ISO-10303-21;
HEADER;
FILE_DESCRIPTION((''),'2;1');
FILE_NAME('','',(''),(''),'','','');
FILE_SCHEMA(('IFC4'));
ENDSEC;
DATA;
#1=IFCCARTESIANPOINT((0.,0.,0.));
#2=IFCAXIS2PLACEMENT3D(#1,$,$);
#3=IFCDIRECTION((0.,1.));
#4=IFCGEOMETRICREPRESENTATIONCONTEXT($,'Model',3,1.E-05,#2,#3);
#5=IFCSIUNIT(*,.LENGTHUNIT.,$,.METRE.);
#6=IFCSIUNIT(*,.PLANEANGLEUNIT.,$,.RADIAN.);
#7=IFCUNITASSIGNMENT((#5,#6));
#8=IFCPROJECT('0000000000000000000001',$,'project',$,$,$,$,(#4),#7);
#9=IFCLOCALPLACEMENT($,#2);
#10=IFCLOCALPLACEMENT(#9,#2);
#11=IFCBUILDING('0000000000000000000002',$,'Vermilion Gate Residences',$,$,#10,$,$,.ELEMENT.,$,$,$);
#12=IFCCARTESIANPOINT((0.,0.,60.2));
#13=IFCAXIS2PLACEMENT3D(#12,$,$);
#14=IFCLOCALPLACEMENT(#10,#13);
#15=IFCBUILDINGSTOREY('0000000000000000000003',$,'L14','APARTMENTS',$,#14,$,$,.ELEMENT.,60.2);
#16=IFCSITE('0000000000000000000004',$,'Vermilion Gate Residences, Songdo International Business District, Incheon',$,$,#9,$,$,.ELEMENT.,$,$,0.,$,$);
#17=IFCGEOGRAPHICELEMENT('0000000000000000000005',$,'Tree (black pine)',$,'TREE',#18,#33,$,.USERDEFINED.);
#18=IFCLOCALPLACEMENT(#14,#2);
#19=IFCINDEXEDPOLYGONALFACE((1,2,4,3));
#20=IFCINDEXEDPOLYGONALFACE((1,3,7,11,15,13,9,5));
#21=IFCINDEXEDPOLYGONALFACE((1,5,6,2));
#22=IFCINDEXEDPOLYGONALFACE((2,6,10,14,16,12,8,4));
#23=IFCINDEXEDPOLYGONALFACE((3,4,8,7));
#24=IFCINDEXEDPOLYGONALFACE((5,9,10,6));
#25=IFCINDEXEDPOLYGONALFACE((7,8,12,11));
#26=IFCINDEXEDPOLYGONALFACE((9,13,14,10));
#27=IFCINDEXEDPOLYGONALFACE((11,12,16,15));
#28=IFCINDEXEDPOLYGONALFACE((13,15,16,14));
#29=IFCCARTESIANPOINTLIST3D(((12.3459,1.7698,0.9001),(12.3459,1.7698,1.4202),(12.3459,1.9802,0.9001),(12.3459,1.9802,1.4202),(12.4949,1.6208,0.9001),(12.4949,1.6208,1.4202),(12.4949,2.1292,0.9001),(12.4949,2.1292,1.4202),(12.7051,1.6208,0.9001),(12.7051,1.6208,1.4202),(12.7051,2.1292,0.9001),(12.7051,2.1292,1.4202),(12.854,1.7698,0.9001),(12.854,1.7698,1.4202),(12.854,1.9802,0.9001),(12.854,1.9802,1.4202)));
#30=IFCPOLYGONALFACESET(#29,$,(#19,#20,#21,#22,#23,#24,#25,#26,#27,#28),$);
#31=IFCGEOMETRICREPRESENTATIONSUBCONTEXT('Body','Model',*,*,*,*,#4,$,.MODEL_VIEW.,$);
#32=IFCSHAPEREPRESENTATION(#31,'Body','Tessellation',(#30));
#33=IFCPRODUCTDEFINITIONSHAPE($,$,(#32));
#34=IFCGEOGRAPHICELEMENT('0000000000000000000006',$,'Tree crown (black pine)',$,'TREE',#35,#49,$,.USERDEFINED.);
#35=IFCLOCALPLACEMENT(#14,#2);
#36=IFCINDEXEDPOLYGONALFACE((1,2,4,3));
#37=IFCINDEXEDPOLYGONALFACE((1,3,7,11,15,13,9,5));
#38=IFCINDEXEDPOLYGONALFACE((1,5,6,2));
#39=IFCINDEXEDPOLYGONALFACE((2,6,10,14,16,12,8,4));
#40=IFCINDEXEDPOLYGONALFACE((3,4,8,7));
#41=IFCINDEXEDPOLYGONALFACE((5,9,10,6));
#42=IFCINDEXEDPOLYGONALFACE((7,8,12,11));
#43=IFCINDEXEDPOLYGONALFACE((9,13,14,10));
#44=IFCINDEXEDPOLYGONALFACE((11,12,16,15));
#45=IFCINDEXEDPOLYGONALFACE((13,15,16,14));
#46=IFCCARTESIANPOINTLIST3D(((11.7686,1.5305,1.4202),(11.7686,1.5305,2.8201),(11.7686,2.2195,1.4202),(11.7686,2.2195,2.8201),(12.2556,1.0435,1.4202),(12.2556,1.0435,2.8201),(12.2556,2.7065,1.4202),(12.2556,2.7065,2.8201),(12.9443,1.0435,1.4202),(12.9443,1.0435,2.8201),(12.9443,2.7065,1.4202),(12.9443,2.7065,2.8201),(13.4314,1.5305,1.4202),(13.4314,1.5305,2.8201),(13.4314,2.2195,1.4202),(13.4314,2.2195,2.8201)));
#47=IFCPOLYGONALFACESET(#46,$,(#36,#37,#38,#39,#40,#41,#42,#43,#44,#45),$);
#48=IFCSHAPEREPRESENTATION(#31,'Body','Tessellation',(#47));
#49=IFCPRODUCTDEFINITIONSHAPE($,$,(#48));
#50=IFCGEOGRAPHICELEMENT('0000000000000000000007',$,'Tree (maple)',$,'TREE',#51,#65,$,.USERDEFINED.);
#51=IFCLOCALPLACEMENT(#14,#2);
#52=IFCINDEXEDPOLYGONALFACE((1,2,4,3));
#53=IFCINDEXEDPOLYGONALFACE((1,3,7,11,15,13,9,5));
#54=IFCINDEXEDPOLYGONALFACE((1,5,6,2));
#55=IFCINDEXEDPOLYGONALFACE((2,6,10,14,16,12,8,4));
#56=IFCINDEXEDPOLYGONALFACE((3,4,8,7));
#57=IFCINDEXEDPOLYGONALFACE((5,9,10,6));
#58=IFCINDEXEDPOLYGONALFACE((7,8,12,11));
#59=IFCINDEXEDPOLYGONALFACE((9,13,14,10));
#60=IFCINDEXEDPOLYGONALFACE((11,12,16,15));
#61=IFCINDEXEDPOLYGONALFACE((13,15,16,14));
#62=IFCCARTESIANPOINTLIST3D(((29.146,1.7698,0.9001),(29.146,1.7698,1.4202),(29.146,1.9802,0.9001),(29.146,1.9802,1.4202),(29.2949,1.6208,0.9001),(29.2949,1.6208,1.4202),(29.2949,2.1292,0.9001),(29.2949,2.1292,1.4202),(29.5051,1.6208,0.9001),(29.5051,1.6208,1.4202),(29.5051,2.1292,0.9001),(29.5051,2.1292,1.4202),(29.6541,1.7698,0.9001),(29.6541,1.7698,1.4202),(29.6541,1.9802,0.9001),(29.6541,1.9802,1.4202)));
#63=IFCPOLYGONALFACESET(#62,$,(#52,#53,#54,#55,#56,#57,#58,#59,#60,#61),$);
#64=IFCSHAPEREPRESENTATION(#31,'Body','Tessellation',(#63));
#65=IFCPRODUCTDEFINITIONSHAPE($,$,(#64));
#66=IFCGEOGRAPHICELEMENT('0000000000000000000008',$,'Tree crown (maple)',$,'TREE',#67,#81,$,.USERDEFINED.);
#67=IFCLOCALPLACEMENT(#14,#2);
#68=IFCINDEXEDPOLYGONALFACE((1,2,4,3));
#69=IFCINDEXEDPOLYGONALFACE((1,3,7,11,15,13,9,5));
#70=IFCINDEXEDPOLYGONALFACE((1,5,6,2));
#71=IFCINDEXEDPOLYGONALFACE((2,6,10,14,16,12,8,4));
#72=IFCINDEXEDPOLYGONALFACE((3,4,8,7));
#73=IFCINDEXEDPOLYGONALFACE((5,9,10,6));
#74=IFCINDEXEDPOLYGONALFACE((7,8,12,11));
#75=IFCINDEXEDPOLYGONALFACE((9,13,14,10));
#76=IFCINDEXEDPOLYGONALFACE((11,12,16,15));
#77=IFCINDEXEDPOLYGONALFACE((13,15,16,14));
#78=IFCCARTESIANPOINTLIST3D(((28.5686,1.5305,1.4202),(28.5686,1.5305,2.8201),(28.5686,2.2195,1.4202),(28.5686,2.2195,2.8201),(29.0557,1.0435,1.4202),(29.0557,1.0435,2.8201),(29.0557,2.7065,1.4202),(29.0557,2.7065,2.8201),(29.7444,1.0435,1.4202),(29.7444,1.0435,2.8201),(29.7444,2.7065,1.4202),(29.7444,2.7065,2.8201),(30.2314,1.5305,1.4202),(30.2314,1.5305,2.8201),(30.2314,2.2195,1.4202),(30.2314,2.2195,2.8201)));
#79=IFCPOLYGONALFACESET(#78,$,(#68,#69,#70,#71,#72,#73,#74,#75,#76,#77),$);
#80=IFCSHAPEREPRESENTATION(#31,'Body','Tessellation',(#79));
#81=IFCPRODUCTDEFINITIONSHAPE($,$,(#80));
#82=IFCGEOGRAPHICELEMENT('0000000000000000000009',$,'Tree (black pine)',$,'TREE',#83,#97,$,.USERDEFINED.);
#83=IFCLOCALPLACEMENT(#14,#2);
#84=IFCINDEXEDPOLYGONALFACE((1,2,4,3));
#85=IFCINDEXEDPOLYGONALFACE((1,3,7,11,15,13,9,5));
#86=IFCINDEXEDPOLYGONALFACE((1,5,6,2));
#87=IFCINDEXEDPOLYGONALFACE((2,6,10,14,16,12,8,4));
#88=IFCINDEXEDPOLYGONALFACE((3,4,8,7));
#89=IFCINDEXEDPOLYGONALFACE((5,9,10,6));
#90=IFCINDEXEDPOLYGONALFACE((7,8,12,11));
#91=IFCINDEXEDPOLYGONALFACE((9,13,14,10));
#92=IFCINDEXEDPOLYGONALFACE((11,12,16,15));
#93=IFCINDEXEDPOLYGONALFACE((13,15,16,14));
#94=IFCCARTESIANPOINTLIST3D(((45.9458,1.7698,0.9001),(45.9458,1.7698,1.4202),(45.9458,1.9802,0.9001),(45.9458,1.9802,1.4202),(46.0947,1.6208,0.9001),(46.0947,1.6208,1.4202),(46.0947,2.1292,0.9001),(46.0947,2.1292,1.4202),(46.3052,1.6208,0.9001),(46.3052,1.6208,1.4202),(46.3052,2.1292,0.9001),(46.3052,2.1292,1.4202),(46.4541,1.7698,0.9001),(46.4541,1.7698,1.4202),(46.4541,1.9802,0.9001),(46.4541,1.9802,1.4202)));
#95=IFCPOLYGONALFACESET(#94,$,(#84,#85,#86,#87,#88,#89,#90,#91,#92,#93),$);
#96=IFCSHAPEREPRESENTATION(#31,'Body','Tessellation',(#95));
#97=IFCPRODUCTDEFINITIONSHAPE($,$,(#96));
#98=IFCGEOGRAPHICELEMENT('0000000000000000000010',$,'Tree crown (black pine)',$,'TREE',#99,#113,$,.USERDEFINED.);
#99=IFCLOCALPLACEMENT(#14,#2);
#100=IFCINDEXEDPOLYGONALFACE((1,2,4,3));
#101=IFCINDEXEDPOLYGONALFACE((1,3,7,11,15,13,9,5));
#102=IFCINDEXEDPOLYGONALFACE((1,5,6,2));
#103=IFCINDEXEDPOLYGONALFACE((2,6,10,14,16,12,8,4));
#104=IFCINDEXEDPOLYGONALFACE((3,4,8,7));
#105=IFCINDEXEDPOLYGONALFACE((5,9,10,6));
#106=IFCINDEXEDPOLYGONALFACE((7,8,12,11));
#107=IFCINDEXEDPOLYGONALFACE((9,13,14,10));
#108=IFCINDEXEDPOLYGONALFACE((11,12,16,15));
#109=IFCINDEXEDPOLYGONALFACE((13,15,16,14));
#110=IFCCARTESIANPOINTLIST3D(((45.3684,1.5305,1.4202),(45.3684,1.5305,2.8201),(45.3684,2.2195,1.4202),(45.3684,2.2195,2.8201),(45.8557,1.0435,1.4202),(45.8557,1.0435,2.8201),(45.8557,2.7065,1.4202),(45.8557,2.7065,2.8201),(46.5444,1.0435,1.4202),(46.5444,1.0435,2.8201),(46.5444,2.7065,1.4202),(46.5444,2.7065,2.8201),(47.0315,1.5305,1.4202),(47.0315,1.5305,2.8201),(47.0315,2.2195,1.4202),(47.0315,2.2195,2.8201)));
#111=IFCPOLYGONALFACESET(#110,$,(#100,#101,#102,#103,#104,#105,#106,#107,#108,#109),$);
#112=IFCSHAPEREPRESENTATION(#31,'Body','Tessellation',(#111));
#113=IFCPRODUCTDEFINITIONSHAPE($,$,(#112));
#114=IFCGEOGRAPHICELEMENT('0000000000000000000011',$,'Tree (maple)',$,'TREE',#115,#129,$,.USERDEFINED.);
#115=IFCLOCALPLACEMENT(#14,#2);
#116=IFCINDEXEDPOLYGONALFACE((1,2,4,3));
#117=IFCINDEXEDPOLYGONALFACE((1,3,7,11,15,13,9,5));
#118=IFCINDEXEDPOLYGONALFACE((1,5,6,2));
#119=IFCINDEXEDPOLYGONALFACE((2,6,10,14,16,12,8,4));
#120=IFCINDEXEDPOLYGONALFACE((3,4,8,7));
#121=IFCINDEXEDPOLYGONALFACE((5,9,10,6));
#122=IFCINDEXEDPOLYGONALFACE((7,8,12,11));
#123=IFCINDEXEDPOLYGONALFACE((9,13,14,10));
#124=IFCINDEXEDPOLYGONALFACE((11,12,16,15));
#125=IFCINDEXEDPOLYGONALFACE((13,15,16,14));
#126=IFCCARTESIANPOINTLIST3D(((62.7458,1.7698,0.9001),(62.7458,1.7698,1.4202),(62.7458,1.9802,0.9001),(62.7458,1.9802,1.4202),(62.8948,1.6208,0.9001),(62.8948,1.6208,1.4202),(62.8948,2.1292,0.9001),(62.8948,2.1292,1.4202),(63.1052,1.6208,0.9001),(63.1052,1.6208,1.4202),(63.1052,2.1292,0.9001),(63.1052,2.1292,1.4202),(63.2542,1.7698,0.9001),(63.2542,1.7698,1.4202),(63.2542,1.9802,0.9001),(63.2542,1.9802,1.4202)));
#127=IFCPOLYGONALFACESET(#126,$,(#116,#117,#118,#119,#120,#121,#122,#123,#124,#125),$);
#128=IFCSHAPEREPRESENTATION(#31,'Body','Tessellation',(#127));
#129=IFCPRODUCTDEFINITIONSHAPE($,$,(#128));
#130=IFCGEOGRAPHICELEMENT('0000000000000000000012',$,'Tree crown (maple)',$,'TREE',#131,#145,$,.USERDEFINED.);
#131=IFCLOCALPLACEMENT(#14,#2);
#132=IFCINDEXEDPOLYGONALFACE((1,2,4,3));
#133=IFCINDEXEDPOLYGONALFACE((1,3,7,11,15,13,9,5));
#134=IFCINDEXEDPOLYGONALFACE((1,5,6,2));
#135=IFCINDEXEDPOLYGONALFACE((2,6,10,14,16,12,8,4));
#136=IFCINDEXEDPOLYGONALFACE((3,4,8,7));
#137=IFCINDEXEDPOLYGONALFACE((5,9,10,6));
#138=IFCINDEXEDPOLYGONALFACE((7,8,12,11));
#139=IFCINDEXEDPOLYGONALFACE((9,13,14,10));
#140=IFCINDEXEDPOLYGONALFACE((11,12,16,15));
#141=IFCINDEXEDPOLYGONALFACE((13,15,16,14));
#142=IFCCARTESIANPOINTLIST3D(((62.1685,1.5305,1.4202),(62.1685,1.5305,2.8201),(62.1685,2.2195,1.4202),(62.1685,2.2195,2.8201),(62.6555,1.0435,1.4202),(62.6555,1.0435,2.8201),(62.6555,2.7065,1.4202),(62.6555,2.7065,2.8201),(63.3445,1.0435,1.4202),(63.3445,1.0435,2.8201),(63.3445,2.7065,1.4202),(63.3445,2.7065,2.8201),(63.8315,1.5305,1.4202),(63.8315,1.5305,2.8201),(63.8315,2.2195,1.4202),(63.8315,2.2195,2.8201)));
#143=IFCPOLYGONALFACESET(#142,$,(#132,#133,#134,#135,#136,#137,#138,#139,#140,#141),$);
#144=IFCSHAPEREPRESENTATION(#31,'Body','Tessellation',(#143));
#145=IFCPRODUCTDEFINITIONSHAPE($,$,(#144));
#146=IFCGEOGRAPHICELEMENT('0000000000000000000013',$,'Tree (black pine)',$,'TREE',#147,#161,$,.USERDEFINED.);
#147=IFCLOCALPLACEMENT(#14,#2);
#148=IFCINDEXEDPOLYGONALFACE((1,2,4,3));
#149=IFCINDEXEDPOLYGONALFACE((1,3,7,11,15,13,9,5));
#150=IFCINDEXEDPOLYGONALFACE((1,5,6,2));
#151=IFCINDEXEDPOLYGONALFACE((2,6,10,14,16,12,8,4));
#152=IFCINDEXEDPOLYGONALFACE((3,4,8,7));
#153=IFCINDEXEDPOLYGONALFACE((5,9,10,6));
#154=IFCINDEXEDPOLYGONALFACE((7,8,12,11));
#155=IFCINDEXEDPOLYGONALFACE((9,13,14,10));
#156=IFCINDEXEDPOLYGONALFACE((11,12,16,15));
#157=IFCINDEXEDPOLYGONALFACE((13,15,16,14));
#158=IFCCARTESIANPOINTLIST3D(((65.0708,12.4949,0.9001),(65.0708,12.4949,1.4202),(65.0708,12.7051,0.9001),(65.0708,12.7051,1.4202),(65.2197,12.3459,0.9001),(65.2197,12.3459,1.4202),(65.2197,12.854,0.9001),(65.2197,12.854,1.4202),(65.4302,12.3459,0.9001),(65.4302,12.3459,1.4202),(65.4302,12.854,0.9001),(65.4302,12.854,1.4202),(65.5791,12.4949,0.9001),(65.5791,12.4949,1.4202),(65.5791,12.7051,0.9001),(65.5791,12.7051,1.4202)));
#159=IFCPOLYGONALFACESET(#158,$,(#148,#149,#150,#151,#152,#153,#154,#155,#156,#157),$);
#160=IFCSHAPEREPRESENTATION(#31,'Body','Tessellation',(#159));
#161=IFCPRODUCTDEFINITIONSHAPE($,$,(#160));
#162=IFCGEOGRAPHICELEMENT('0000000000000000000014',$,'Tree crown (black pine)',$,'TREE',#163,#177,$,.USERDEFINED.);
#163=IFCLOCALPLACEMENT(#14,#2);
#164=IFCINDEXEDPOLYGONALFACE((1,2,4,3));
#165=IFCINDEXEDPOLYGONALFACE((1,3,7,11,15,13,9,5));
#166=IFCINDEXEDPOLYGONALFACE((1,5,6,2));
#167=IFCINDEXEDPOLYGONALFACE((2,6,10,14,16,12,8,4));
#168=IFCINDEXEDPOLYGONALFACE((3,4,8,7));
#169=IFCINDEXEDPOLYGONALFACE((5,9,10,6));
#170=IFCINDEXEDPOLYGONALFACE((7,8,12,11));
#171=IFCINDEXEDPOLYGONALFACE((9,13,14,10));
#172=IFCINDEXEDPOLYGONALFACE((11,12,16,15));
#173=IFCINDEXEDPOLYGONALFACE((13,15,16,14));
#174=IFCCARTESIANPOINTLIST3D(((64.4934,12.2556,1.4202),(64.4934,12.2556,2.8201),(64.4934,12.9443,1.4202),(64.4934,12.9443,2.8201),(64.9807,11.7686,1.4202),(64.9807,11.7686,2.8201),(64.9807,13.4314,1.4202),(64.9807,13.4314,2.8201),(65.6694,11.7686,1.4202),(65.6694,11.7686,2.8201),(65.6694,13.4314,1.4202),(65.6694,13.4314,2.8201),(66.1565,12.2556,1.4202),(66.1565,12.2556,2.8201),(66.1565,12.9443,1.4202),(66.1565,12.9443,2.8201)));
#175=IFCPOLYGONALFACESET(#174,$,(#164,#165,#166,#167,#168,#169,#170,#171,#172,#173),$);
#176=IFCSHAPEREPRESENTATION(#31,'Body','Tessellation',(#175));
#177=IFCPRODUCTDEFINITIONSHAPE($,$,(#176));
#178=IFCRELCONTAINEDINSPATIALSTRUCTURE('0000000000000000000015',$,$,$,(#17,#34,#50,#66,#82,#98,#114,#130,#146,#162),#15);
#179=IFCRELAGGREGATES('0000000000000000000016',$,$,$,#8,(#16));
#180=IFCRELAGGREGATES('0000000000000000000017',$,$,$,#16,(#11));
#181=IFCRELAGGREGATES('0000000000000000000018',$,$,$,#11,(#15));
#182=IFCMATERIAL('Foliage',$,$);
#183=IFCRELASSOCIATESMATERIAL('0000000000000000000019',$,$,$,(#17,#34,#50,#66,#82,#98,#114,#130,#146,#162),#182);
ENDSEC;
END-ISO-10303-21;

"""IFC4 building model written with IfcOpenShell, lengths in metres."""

from ifc_helpers import new_model, si_unit, direction, frame, origin, place, context, subcontext, project, spatial, polyline, outline, extrude, material, element, save


model = new_model("IFC4")

# Units and contexts
model_context = context("Model", 3, precision=1e-05, world=origin(), true_north=direction((0.0, 1.0)))
body_context = subcontext(model_context, "Body", "Model", "MODEL_VIEW")
ifc_project = project(units=[si_unit("LENGTHUNIT", "METRE"), si_unit("PLANEANGLEUNIT", "RADIAN")], contexts=[model_context])

# Site, building, storey
site_placement = place(None, origin())
site = spatial("IfcSite", under=ifc_project, at=site_placement, Name="Vermilion Gate Residences, Songdo International Business District, Incheon", CompositionType="ELEMENT", RefElevation=0.0)
building_placement = place(site_placement, origin())
building = spatial("IfcBuilding", under=site, at=building_placement, Name="Vermilion Gate Residences", CompositionType="ELEMENT")
storey_placement = place(building_placement, frame((0.0, 0.0, 60.2)))
storey = spatial("IfcBuildingStorey", under=building, at=storey_placement, Name="L14", Description="APARTMENTS", CompositionType="ELEMENT", Elevation=60.2)

# Geographic elements
ifc_material_1 = material(Name="Foliage")
geographic_element_1_placement = place(storey_placement, frame((0.0, 0.0, 0.9001)))
element("IfcGeographicElement", 1, at=geographic_element_1_placement, inside=storey, material=ifc_material_1, Name="Tree (black pine)", ObjectType="TREE", PredefinedType="USERDEFINED", context=body_context, shape_type="SweptSolid", body=[
    extrude(outline(polyline([(12.854, 1.9802), (12.7051, 2.1292), (12.4949, 2.1292), (12.3459, 1.9802), (12.3459, 1.7698), (12.4949, 1.6208), (12.7051, 1.6208), (12.854, 1.7698), (12.854, 1.9802)])), origin(), (0.0, 0.0, 1.0), 0.52),
])
geographic_element_2_placement = place(storey_placement, frame((0.0, 0.0, 1.4202)))
element("IfcGeographicElement", 2, at=geographic_element_2_placement, inside=storey, material=ifc_material_1, Name="Tree crown (black pine)", ObjectType="TREE", PredefinedType="USERDEFINED", context=body_context, shape_type="SweptSolid", body=[
    extrude(outline(polyline([(13.4314, 2.2195), (12.9443, 2.7065), (12.2556, 2.7065), (11.7686, 2.2195), (11.7686, 1.5305), (12.2556, 1.0435), (12.9443, 1.0435), (13.4314, 1.5305), (13.4314, 2.2195)])), origin(), (0.0, 0.0, 1.0), 1.3999),
])
geographic_element_3_placement = place(storey_placement, frame((0.0, 0.0, 0.9001)))
element("IfcGeographicElement", 3, at=geographic_element_3_placement, inside=storey, material=ifc_material_1, Name="Tree (maple)", ObjectType="TREE", PredefinedType="USERDEFINED", context=body_context, shape_type="SweptSolid", body=[
    extrude(outline(polyline([(29.6541, 1.9802), (29.5051, 2.1292), (29.2949, 2.1292), (29.146, 1.9802), (29.146, 1.7698), (29.2949, 1.6208), (29.5051, 1.6208), (29.6541, 1.7698), (29.6541, 1.9802)])), origin(), (0.0, 0.0, 1.0), 0.52),
])
geographic_element_4_placement = place(storey_placement, frame((0.0, 0.0, 1.4202)))
element("IfcGeographicElement", 4, at=geographic_element_4_placement, inside=storey, material=ifc_material_1, Name="Tree crown (maple)", ObjectType="TREE", PredefinedType="USERDEFINED", context=body_context, shape_type="SweptSolid", body=[
    extrude(outline(polyline([(30.2314, 2.2195), (29.7444, 2.7065), (29.0557, 2.7065), (28.5686, 2.2195), (28.5686, 1.5305), (29.0557, 1.0435), (29.7444, 1.0435), (30.2314, 1.5305), (30.2314, 2.2195)])), origin(), (0.0, 0.0, 1.0), 1.3999),
])
geographic_element_5_placement = place(storey_placement, frame((0.0, 0.0, 0.9001)))
element("IfcGeographicElement", 5, at=geographic_element_5_placement, inside=storey, material=ifc_material_1, Name="Tree (black pine)", ObjectType="TREE", PredefinedType="USERDEFINED", context=body_context, shape_type="SweptSolid", body=[
    extrude(outline(polyline([(46.4541, 1.9802), (46.3052, 2.1292), (46.0947, 2.1292), (45.9458, 1.9802), (45.9458, 1.7698), (46.0947, 1.6208), (46.3052, 1.6208), (46.4541, 1.7698), (46.4541, 1.9802)])), origin(), (0.0, 0.0, 1.0), 0.52),
])
geographic_element_6_placement = place(storey_placement, frame((0.0, 0.0, 1.4202)))
element("IfcGeographicElement", 6, at=geographic_element_6_placement, inside=storey, material=ifc_material_1, Name="Tree crown (black pine)", ObjectType="TREE", PredefinedType="USERDEFINED", context=body_context, shape_type="SweptSolid", body=[
    extrude(outline(polyline([(47.0315, 2.2195), (46.5444, 2.7065), (45.8557, 2.7065), (45.3684, 2.2195), (45.3684, 1.5305), (45.8557, 1.0435), (46.5444, 1.0435), (47.0315, 1.5305), (47.0315, 2.2195)])), origin(), (0.0, 0.0, 1.0), 1.3999),
])
geographic_element_7_placement = place(storey_placement, frame((0.0, 0.0, 0.9001)))
element("IfcGeographicElement", 7, at=geographic_element_7_placement, inside=storey, material=ifc_material_1, Name="Tree (maple)", ObjectType="TREE", PredefinedType="USERDEFINED", context=body_context, shape_type="SweptSolid", body=[
    extrude(outline(polyline([(63.2542, 1.9802), (63.1052, 2.1292), (62.8948, 2.1292), (62.7458, 1.9802), (62.7458, 1.7698), (62.8948, 1.6208), (63.1052, 1.6208), (63.2542, 1.7698), (63.2542, 1.9802)])), origin(), (0.0, 0.0, 1.0), 0.52),
])
geographic_element_8_placement = place(storey_placement, frame((0.0, 0.0, 1.4202)))
element("IfcGeographicElement", 8, at=geographic_element_8_placement, inside=storey, material=ifc_material_1, Name="Tree crown (maple)", ObjectType="TREE", PredefinedType="USERDEFINED", context=body_context, shape_type="SweptSolid", body=[
    extrude(outline(polyline([(63.8315, 2.2195), (63.3445, 2.7065), (62.6555, 2.7065), (62.1685, 2.2195), (62.1685, 1.5305), (62.6555, 1.0435), (63.3445, 1.0435), (63.8315, 1.5305), (63.8315, 2.2195)])), origin(), (0.0, 0.0, 1.0), 1.3999),
])
geographic_element_9_placement = place(storey_placement, frame((0.0, 0.0, 0.9001)))
element("IfcGeographicElement", 9, at=geographic_element_9_placement, inside=storey, material=ifc_material_1, Name="Tree (black pine)", ObjectType="TREE", PredefinedType="USERDEFINED", context=body_context, shape_type="SweptSolid", body=[
    extrude(outline(polyline([(65.5791, 12.7051), (65.4302, 12.854), (65.2197, 12.854), (65.0708, 12.7051), (65.0708, 12.4949), (65.2197, 12.3459), (65.4302, 12.3459), (65.5791, 12.4949), (65.5791, 12.7051)])), origin(), (0.0, 0.0, 1.0), 0.52),
])
geographic_element_10_placement = place(storey_placement, frame((0.0, 0.0, 1.4202)))
element("IfcGeographicElement", 10, at=geographic_element_10_placement, inside=storey, material=ifc_material_1, Name="Tree crown (black pine)", ObjectType="TREE", PredefinedType="USERDEFINED", context=body_context, shape_type="SweptSolid", body=[
    extrude(outline(polyline([(66.1565, 12.9443), (65.6694, 13.4314), (64.9807, 13.4314), (64.4934, 12.9443), (64.4934, 12.2556), (64.9807, 11.7686), (65.6694, 11.7686), (66.1565, 12.2556), (66.1565, 12.9443)])), origin(), (0.0, 0.0, 1.0), 1.3999),
])

save(model, "model.ifc")
